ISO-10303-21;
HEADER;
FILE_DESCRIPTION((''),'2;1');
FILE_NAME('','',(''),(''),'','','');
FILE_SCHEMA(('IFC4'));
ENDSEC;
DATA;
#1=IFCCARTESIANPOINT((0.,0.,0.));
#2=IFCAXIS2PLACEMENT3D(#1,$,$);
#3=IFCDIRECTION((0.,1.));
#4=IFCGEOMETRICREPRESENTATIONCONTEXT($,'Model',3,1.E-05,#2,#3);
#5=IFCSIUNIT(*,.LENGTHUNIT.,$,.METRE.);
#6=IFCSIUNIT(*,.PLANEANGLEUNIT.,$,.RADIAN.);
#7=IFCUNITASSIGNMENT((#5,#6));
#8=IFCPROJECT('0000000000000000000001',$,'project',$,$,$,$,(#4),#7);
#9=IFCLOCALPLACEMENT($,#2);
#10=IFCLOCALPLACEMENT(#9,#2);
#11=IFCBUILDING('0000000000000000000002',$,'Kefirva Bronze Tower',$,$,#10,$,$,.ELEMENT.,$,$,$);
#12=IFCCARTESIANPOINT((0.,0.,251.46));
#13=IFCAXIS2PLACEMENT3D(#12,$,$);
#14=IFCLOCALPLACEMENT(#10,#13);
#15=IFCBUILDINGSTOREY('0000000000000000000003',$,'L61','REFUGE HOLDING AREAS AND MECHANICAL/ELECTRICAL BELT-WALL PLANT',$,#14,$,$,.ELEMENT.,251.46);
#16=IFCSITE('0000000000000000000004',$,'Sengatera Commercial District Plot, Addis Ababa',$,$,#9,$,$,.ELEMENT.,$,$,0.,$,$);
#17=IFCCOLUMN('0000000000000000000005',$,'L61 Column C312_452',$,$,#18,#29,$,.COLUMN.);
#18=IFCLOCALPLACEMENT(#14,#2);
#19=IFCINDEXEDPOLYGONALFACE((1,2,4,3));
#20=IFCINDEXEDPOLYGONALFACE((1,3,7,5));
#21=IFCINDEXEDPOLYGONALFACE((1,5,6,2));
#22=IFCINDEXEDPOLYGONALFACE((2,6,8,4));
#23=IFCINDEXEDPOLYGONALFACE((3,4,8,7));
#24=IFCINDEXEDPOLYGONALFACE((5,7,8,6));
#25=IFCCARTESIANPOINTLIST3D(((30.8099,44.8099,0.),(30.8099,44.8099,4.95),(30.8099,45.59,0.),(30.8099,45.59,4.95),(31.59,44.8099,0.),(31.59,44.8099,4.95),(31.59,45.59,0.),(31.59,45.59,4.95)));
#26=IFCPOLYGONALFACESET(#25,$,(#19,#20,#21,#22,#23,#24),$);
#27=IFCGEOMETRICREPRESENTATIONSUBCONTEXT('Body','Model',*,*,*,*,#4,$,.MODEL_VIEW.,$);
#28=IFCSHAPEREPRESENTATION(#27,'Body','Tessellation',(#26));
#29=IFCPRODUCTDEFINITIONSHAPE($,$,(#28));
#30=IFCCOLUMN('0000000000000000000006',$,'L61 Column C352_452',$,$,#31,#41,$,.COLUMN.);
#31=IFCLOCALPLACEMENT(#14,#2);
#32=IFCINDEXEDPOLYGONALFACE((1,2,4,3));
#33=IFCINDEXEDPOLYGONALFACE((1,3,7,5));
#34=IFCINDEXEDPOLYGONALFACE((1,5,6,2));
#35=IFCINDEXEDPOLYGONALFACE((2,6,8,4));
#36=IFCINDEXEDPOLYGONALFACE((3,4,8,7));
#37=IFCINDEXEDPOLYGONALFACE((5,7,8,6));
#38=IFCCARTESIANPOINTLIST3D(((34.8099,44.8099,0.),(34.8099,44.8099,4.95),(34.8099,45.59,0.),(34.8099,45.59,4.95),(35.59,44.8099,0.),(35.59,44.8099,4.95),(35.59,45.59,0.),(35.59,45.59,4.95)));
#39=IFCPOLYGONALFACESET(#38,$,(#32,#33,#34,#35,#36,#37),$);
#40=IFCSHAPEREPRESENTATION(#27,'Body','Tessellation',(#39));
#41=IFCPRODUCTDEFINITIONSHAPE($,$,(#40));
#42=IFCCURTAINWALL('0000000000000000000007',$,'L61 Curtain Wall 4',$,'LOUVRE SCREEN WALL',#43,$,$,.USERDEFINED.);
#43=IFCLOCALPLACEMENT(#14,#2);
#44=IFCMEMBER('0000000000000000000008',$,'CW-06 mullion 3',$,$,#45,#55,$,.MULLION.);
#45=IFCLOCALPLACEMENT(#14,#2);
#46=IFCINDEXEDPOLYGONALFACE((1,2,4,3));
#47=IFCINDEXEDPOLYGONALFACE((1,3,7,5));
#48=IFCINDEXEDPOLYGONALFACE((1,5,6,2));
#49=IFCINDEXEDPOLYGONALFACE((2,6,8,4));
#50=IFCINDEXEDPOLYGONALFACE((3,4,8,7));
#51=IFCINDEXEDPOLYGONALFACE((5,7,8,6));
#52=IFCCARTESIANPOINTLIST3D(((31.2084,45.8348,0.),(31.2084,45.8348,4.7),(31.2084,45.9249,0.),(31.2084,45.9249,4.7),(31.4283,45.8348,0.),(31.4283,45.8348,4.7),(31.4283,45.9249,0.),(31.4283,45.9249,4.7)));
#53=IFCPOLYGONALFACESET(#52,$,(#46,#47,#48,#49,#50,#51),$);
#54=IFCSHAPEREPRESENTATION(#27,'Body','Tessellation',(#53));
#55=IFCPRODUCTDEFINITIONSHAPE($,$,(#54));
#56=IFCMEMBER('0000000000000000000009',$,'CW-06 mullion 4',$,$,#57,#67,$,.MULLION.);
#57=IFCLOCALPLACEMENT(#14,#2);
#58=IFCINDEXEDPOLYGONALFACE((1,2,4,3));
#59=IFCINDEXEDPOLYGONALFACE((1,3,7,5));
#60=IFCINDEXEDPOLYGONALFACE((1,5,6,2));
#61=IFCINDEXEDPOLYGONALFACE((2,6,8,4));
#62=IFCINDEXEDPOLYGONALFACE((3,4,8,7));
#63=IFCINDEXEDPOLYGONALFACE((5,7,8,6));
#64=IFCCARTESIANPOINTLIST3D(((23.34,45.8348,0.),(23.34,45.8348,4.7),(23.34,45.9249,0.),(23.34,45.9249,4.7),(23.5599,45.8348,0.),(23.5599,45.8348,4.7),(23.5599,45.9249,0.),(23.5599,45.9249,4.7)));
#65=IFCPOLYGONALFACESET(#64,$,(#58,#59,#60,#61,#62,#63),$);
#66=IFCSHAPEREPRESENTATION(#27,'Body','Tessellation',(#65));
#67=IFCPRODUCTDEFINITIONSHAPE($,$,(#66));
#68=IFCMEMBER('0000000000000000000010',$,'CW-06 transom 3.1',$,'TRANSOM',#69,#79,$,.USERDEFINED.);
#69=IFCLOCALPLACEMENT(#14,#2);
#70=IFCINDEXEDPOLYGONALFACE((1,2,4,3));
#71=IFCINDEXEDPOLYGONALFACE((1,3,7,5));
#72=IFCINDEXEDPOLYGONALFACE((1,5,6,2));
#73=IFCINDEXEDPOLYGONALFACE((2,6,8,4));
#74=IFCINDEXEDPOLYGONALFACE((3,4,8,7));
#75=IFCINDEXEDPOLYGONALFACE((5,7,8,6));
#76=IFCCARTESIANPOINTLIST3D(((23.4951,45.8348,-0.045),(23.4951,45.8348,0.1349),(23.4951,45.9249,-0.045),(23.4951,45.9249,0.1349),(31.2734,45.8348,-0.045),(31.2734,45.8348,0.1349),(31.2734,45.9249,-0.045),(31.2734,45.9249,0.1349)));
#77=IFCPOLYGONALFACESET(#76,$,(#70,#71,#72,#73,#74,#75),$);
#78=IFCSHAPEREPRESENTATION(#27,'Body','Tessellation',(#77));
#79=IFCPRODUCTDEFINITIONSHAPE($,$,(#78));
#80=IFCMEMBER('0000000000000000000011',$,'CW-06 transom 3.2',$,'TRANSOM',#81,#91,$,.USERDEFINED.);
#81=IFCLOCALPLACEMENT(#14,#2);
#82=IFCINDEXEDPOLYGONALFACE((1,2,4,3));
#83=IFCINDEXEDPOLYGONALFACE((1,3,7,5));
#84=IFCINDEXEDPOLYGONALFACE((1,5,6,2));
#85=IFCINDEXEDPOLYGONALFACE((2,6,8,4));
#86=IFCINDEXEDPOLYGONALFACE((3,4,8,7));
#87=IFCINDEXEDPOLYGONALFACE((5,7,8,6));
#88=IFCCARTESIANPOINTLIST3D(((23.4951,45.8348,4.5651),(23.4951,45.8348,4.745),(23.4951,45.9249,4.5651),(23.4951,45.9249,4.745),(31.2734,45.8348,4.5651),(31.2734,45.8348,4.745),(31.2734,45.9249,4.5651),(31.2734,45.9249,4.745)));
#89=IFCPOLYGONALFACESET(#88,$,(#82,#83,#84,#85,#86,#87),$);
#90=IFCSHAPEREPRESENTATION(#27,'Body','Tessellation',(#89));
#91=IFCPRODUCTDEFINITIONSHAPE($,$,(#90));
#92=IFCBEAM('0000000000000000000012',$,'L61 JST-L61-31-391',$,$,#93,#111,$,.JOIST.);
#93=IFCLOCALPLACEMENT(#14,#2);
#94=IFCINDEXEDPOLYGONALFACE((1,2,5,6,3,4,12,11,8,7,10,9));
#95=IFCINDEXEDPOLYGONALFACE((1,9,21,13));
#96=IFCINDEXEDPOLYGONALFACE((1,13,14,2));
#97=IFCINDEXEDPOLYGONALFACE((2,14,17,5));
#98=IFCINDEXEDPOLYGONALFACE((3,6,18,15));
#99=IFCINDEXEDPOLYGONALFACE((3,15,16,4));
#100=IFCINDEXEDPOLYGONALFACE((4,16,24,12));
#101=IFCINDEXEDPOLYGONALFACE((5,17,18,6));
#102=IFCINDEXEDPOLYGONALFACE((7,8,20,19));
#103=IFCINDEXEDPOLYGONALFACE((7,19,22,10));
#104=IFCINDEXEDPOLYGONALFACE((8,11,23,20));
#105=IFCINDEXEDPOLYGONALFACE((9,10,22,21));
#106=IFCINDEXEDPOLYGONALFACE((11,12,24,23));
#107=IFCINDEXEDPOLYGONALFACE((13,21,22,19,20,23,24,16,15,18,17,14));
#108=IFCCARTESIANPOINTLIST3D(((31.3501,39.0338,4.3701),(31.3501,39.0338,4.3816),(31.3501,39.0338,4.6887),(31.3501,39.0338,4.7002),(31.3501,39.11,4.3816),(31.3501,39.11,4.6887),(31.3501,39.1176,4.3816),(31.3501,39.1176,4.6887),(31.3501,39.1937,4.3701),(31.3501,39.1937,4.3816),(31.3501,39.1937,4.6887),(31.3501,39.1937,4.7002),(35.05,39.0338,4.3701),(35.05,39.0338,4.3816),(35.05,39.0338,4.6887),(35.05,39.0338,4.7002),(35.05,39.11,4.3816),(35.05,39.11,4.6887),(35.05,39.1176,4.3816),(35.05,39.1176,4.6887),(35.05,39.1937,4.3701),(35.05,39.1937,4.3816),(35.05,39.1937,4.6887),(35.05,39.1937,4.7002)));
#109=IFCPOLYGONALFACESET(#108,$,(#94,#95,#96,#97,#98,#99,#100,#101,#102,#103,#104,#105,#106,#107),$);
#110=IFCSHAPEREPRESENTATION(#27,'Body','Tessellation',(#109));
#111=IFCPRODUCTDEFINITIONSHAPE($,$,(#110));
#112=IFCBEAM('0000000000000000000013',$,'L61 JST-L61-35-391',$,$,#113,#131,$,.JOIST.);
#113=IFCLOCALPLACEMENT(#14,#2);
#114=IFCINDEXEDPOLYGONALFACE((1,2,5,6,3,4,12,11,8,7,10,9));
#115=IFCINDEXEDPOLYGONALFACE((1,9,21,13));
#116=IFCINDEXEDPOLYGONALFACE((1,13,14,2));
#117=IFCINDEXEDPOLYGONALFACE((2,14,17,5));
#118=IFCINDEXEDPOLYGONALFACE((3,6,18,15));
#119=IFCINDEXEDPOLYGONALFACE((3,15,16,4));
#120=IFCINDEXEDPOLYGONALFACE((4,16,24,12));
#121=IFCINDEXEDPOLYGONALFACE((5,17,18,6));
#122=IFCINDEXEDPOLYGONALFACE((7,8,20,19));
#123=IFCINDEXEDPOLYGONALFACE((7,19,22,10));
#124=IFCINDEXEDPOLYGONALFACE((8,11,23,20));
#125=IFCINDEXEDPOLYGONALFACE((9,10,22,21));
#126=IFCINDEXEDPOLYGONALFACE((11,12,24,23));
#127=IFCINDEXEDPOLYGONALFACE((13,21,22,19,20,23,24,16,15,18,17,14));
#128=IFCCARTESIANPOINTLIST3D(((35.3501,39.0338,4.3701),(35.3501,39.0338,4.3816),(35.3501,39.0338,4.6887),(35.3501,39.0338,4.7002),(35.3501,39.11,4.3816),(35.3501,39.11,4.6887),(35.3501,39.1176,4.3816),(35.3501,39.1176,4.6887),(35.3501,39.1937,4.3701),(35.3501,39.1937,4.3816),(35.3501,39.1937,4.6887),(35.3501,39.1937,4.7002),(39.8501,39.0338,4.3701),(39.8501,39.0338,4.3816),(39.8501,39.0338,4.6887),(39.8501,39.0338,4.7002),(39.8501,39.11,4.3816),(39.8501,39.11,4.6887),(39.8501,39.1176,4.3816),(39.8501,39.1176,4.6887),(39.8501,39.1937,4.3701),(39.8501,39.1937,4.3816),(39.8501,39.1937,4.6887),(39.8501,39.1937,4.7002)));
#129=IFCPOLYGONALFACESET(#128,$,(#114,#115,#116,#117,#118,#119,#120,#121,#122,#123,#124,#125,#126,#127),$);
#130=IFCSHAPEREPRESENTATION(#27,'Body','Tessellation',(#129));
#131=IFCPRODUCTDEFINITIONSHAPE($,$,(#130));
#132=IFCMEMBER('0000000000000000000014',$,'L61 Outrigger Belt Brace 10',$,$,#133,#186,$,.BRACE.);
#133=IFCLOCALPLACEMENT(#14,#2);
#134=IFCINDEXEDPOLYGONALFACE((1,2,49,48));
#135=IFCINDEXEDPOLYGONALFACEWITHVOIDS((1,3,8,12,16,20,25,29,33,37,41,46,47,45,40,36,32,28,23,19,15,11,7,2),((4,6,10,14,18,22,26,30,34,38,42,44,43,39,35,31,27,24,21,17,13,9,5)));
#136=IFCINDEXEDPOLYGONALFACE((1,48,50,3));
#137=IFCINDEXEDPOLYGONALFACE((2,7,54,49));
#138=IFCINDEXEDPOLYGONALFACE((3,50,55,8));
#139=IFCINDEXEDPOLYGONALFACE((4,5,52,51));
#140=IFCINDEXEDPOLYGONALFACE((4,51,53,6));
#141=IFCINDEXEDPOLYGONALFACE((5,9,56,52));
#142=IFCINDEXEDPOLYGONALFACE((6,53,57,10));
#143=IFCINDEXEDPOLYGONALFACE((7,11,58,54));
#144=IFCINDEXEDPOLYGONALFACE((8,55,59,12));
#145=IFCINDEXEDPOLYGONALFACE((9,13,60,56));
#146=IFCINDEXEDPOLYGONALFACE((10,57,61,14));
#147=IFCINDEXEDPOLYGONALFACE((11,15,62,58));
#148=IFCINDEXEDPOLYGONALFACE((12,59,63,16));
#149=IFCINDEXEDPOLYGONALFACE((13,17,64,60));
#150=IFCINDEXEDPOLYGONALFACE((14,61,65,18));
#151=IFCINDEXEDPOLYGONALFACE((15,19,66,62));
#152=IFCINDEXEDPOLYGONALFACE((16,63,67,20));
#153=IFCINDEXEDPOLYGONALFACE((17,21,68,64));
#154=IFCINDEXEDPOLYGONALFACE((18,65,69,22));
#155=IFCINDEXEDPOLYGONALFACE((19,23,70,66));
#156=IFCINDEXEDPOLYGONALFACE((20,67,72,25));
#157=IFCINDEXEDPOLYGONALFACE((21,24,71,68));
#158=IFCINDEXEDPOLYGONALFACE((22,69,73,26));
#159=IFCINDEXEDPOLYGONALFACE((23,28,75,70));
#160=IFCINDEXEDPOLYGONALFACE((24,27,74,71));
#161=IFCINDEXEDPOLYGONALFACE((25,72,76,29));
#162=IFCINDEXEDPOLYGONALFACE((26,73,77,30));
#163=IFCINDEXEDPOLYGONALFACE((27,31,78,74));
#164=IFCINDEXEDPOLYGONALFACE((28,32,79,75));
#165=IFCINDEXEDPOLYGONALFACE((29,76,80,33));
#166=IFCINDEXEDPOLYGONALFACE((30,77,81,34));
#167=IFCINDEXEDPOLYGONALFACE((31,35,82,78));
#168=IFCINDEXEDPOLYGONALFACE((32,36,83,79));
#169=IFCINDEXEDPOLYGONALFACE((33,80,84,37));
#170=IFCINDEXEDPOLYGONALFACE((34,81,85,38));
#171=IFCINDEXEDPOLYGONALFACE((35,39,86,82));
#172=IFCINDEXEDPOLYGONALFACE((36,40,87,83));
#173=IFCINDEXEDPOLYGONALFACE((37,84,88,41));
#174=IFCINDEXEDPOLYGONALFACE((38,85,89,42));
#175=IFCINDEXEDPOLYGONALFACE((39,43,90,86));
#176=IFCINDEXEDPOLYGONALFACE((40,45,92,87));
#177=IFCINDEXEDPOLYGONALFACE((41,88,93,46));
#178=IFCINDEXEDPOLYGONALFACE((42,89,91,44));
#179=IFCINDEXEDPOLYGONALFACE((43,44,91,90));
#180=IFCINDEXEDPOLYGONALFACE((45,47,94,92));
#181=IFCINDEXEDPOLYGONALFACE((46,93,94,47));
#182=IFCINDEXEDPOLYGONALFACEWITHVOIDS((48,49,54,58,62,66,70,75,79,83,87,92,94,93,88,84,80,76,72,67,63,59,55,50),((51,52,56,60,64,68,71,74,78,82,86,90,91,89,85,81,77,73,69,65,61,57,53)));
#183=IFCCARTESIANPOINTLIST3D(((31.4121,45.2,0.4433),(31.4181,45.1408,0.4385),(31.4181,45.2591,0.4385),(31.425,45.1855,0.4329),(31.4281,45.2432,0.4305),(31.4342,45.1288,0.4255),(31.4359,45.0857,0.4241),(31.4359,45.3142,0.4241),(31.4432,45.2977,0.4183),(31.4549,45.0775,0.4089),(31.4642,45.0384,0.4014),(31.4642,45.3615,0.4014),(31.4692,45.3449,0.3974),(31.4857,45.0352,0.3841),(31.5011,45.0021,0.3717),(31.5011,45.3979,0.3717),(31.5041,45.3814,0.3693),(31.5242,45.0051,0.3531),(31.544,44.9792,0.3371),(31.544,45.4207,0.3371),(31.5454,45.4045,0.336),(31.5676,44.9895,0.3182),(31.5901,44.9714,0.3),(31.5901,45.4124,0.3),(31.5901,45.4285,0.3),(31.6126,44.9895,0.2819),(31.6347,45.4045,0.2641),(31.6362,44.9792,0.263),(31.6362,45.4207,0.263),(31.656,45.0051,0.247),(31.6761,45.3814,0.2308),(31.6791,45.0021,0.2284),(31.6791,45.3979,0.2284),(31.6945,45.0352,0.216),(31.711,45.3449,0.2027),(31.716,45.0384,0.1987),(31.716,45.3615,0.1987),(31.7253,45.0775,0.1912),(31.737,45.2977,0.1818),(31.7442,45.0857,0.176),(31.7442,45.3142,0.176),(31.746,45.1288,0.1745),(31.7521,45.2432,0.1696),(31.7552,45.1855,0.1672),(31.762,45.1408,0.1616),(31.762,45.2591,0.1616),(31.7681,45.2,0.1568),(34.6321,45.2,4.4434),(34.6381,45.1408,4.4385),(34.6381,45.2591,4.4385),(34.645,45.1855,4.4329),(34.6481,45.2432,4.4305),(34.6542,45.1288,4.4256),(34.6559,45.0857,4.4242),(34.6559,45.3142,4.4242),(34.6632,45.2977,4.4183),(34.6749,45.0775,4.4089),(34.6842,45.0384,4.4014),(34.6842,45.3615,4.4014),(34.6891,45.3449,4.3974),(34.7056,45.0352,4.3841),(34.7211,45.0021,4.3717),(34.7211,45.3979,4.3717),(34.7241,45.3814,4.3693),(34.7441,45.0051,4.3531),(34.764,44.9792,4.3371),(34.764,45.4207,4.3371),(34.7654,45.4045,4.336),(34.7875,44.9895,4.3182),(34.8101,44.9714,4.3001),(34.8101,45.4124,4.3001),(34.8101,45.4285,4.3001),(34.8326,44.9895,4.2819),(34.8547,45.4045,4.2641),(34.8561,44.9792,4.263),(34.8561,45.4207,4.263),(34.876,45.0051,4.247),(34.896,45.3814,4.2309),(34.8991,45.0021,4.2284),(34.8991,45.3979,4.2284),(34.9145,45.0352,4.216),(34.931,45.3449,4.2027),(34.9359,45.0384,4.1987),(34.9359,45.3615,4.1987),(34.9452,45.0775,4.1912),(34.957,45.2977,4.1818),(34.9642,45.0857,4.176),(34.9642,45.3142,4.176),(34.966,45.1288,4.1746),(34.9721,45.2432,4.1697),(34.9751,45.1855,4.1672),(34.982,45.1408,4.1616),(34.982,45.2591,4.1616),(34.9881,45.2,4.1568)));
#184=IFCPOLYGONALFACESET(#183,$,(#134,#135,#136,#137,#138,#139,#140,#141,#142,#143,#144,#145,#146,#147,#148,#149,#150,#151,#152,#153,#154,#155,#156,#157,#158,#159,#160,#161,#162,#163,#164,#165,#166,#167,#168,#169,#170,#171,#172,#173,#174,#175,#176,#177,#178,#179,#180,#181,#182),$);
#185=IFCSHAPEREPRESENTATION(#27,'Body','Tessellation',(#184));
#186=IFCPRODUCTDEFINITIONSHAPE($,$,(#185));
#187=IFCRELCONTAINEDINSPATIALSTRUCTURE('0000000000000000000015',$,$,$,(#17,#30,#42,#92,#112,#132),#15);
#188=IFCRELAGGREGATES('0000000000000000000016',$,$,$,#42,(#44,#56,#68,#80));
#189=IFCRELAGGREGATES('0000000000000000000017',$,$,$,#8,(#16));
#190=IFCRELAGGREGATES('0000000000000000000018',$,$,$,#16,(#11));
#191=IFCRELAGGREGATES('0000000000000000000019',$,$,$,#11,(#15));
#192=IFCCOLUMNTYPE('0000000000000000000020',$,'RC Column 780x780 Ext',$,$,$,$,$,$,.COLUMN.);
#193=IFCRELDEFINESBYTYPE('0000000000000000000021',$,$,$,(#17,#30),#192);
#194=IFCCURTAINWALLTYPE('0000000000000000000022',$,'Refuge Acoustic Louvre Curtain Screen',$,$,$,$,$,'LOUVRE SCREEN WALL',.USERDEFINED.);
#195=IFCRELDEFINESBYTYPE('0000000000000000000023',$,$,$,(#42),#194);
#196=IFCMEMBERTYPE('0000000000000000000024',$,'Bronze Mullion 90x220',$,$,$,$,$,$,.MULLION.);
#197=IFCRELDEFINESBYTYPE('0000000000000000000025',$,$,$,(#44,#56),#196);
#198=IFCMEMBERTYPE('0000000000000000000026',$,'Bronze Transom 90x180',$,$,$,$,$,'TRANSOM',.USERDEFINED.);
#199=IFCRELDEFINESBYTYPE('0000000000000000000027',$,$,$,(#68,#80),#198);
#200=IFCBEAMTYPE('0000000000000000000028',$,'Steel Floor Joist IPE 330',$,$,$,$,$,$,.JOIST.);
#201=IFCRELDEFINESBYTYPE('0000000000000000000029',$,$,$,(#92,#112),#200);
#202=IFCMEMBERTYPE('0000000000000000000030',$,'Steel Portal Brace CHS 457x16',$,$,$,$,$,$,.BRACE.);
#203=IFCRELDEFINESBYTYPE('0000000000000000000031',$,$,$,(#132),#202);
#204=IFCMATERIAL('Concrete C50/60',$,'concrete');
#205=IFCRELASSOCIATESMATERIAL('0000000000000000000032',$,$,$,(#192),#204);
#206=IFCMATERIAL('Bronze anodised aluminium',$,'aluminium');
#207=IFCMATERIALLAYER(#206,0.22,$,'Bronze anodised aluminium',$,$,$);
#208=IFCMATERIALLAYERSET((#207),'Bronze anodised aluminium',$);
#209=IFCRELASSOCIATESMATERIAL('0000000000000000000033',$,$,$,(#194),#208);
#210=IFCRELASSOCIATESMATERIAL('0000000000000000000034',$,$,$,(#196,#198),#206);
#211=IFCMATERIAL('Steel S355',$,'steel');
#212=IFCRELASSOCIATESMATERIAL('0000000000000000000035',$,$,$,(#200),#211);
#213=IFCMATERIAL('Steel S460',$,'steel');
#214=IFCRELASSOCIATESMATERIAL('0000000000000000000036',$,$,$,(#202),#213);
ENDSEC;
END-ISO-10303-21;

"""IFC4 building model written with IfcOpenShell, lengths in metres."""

from ifc_helpers import new_model, si_unit, direction, frame, origin, origin_2d, place, context, subcontext, project, spatial, rectangle, hollow_circle, i_section, extrude, material, layer, layer_set, material_profile, profile_set, type_object, element, aggregate, save


model = new_model("IFC4")

# Units and contexts
model_context = context("Model", 3, precision=1e-05, world=origin(), true_north=direction((0.0, 1.0)))
body_context = subcontext(model_context, "Body", "Model", "MODEL_VIEW")
ifc_project = project(units=[si_unit("LENGTHUNIT", "METRE"), si_unit("PLANEANGLEUNIT", "RADIAN")], contexts=[model_context])

# Site, building, storey
site_placement = place(None, origin())
site = spatial("IfcSite", under=ifc_project, at=site_placement, Name="Sengatera Commercial District Plot, Addis Ababa", CompositionType="ELEMENT", RefElevation=0.0)
building_placement = place(site_placement, origin())
building = spatial("IfcBuilding", under=site, at=building_placement, Name="Kefirva Bronze Tower", CompositionType="ELEMENT")
storey_placement = place(building_placement, frame((0.0, 0.0, 251.46)))
storey = spatial("IfcBuildingStorey", under=building, at=storey_placement, Name="L61", Description="REFUGE HOLDING AREAS AND MECHANICAL/ELECTRICAL BELT-WALL PLANT", CompositionType="ELEMENT", Elevation=251.46)

# Columns
ifc_material_1 = material(Name="Concrete C50/60", Category="concrete")
ifc_material_profile_1 = material_profile(ifc_material_1, rectangle(XDim=0.78, YDim=0.78, at=origin_2d()), Name="RC 780x780")
ifc_profile_set_1 = profile_set([ifc_material_profile_1], Name="Concrete C50/60")
column_type = type_object("IfcColumnType", Name="RC Column 780x780 Ext", PredefinedType="COLUMN", material=ifc_profile_set_1)
for number, where, z_axis, x_axis, name in (
    (1, (31.2, 45.2, 0.0), (0.0, 0.0, 1.0), (1.0, 0.0, 0.0), "L61 Column C312_452"),
    (2, (35.2, 45.2, 0.0), (0.0, 0.0, 1.0), (1.0, 0.0, 0.0), "L61 Column C352_452"),
):
    element("IfcColumn", number, at=place(storey_placement, frame(where, z_axis=z_axis, x_axis=x_axis)), inside=storey, type_object=column_type, Name=name, PredefinedType="COLUMN", context=body_context, shape_type="SweptSolid", body=[
        extrude(rectangle(XDim=0.78, YDim=0.78, at=origin_2d()), origin(), (0.0, 0.0, 1.0), 4.95),
    ])

# Curtain wall, members
ifc_material_2 = material(Name="Bronze anodised aluminium", Category="aluminium")
ifc_layer_1 = layer(ifc_material_2, 0.22, Name="Bronze anodised aluminium")
ifc_layer_set_1 = layer_set([ifc_layer_1], Name="Bronze anodised aluminium")
curtain_wall_type = type_object("IfcCurtainWallType", Name="Refuge Acoustic Louvre Curtain Screen", ElementType="LOUVRE SCREEN WALL", PredefinedType="USERDEFINED", material=ifc_layer_set_1)
curtain_wall_placement = place(storey_placement, origin())
curtain_wall = element("IfcCurtainWall", 3, at=curtain_wall_placement, inside=storey, type_object=curtain_wall_type, Name="L61 Curtain Wall 4", ObjectType="LOUVRE SCREEN WALL", PredefinedType="USERDEFINED")
ifc_material_profile_2 = material_profile(ifc_material_2, rectangle(XDim=0.0901, YDim=0.22, at=origin_2d()), Name="ALU 90x220")
ifc_profile_set_2 = profile_set([ifc_material_profile_2], Name="Bronze anodised aluminium")
member_type_1 = type_object("IfcMemberType", Name="Bronze Mullion 90x220", PredefinedType="MULLION", material=ifc_profile_set_2)
member_1_placement = place(storey_placement, frame((31.3184, 45.8799, 0.0), z_axis=(0.0, 0.0, 1.0), x_axis=(0.0, -1.0, 0.0)))
member_1 = element("IfcMember", 4, at=member_1_placement, type_object=member_type_1, Name="CW-06 mullion 3", PredefinedType="MULLION", context=body_context, shape_type="SweptSolid", body=[
    extrude(rectangle(XDim=0.0901, YDim=0.22, at=origin_2d()), origin(), (0.0, 0.0, 1.0), 4.7),
])
member_2_placement = place(storey_placement, frame((23.45, 45.8799, 0.0), z_axis=(0.0, 0.0, 1.0), x_axis=(0.0, -1.0, 0.0)))
member_2 = element("IfcMember", 5, at=member_2_placement, type_object=member_type_1, Name="CW-06 mullion 4", PredefinedType="MULLION", context=body_context, shape_type="SweptSolid", body=[
    extrude(rectangle(XDim=0.0901, YDim=0.22, at=origin_2d()), origin(), (0.0, 0.0, 1.0), 4.7),
])
ifc_material_profile_3 = material_profile(ifc_material_2, rectangle(XDim=0.0901, YDim=0.1799, at=origin_2d()), Name="ALU 90x180")
ifc_profile_set_3 = profile_set([ifc_material_profile_3], Name="Bronze anodised aluminium")
member_type_2 = type_object("IfcMemberType", Name="Bronze Transom 90x180", ElementType="TRANSOM", PredefinedType="USERDEFINED", material=ifc_profile_set_3)
member_3_placement = place(storey_placement, frame((31.2734, 45.8799, 0.0449), z_axis=(-1.0, 0.0, 0.0), x_axis=(0.0, -1.0, 0.0)))
member_3 = element("IfcMember", 6, at=member_3_placement, type_object=member_type_2, Name="CW-06 transom 3.1", ObjectType="TRANSOM", PredefinedType="USERDEFINED", context=body_context, shape_type="SweptSolid", body=[
    extrude(rectangle(XDim=0.0901, YDim=0.1799, at=origin_2d()), origin(), (0.0, 0.0, 1.0), 7.7783),
])
member_4_placement = place(storey_placement, frame((31.2734, 45.8799, 4.655), z_axis=(-1.0, 0.0, 0.0), x_axis=(0.0, -1.0, 0.0)))
member_4 = element("IfcMember", 7, at=member_4_placement, type_object=member_type_2, Name="CW-06 transom 3.2", ObjectType="TRANSOM", PredefinedType="USERDEFINED", context=body_context, shape_type="SweptSolid", body=[
    extrude(rectangle(XDim=0.0901, YDim=0.1799, at=origin_2d()), origin(), (0.0, 0.0, 1.0), 7.7783),
])

# Beams
ifc_material_3 = material(Name="Steel S355", Category="steel")
ifc_material_profile_4 = material_profile(ifc_material_3, i_section(OverallWidth=0.1599, OverallDepth=0.3301, WebThickness=0.0076, FlangeThickness=0.0115, at=origin_2d()), Name="IPE 330")
ifc_profile_set_4 = profile_set([ifc_material_profile_4], Name="Steel S355")
beam_type_1 = type_object("IfcBeamType", Name="Steel Floor Joist IPE 330", PredefinedType="JOIST", material=ifc_profile_set_4)
beam_1_placement = place(storey_placement, frame((31.3501, 39.1138, 4.5352), z_axis=(1.0, 0.0, 0.0), x_axis=(0.0, 1.0, 0.0)))
element("IfcBeam", 8, at=beam_1_placement, inside=storey, type_object=beam_type_1, Name="L61 JST-L61-31-391", PredefinedType="JOIST", context=body_context, shape_type="SweptSolid", body=[
    extrude(i_section(OverallWidth=0.1599, OverallDepth=0.3301, WebThickness=0.0076, FlangeThickness=0.0115, at=origin_2d()), origin(), (0.0, 0.0, 1.0), 3.7),
])
beam_2_placement = place(storey_placement, frame((35.3501, 39.1138, 4.5352), z_axis=(1.0, 0.0, 0.0), x_axis=(0.0, 1.0, 0.0)))
element("IfcBeam", 9, at=beam_2_placement, inside=storey, type_object=beam_type_1, Name="L61 JST-L61-35-391", PredefinedType="JOIST", context=body_context, shape_type="SweptSolid", body=[
    extrude(i_section(OverallWidth=0.1599, OverallDepth=0.3301, WebThickness=0.0076, FlangeThickness=0.0115, at=origin_2d()), origin(), (0.0, 0.0, 1.0), 4.5),
])

# Member
ifc_material_4 = material(Name="Steel S460", Category="steel")
ifc_material_profile_5 = material_profile(ifc_material_4, hollow_circle(Radius=0.2285, WallThickness=0.0161, at=origin_2d()), Name="CHS 457x16")
ifc_profile_set_5 = profile_set([ifc_material_profile_5], Name="Steel S460")
member_type_3 = type_object("IfcMemberType", Name="Steel Portal Brace CHS 457x16", PredefinedType="BRACE", material=ifc_profile_set_5)
member_5_placement = place(storey_placement, frame((31.5901, 45.2, 0.3), z_axis=(0.627064, 0.0, 0.778968), x_axis=(0.0, 1.0, 0.0)))
element("IfcMember", 10, at=member_5_placement, inside=storey, type_object=member_type_3, Name="L61 Outrigger Belt Brace 10", PredefinedType="BRACE", context=body_context, shape_type="SweptSolid", body=[
    extrude(hollow_circle(Radius=0.2285, WallThickness=0.0161, at=origin_2d()), origin(), (0.0, 0.0, 1.0), 5.135),
])

aggregate(curtain_wall, [member_1, member_2, member_3, member_4])

save(model, "model.ifc")
